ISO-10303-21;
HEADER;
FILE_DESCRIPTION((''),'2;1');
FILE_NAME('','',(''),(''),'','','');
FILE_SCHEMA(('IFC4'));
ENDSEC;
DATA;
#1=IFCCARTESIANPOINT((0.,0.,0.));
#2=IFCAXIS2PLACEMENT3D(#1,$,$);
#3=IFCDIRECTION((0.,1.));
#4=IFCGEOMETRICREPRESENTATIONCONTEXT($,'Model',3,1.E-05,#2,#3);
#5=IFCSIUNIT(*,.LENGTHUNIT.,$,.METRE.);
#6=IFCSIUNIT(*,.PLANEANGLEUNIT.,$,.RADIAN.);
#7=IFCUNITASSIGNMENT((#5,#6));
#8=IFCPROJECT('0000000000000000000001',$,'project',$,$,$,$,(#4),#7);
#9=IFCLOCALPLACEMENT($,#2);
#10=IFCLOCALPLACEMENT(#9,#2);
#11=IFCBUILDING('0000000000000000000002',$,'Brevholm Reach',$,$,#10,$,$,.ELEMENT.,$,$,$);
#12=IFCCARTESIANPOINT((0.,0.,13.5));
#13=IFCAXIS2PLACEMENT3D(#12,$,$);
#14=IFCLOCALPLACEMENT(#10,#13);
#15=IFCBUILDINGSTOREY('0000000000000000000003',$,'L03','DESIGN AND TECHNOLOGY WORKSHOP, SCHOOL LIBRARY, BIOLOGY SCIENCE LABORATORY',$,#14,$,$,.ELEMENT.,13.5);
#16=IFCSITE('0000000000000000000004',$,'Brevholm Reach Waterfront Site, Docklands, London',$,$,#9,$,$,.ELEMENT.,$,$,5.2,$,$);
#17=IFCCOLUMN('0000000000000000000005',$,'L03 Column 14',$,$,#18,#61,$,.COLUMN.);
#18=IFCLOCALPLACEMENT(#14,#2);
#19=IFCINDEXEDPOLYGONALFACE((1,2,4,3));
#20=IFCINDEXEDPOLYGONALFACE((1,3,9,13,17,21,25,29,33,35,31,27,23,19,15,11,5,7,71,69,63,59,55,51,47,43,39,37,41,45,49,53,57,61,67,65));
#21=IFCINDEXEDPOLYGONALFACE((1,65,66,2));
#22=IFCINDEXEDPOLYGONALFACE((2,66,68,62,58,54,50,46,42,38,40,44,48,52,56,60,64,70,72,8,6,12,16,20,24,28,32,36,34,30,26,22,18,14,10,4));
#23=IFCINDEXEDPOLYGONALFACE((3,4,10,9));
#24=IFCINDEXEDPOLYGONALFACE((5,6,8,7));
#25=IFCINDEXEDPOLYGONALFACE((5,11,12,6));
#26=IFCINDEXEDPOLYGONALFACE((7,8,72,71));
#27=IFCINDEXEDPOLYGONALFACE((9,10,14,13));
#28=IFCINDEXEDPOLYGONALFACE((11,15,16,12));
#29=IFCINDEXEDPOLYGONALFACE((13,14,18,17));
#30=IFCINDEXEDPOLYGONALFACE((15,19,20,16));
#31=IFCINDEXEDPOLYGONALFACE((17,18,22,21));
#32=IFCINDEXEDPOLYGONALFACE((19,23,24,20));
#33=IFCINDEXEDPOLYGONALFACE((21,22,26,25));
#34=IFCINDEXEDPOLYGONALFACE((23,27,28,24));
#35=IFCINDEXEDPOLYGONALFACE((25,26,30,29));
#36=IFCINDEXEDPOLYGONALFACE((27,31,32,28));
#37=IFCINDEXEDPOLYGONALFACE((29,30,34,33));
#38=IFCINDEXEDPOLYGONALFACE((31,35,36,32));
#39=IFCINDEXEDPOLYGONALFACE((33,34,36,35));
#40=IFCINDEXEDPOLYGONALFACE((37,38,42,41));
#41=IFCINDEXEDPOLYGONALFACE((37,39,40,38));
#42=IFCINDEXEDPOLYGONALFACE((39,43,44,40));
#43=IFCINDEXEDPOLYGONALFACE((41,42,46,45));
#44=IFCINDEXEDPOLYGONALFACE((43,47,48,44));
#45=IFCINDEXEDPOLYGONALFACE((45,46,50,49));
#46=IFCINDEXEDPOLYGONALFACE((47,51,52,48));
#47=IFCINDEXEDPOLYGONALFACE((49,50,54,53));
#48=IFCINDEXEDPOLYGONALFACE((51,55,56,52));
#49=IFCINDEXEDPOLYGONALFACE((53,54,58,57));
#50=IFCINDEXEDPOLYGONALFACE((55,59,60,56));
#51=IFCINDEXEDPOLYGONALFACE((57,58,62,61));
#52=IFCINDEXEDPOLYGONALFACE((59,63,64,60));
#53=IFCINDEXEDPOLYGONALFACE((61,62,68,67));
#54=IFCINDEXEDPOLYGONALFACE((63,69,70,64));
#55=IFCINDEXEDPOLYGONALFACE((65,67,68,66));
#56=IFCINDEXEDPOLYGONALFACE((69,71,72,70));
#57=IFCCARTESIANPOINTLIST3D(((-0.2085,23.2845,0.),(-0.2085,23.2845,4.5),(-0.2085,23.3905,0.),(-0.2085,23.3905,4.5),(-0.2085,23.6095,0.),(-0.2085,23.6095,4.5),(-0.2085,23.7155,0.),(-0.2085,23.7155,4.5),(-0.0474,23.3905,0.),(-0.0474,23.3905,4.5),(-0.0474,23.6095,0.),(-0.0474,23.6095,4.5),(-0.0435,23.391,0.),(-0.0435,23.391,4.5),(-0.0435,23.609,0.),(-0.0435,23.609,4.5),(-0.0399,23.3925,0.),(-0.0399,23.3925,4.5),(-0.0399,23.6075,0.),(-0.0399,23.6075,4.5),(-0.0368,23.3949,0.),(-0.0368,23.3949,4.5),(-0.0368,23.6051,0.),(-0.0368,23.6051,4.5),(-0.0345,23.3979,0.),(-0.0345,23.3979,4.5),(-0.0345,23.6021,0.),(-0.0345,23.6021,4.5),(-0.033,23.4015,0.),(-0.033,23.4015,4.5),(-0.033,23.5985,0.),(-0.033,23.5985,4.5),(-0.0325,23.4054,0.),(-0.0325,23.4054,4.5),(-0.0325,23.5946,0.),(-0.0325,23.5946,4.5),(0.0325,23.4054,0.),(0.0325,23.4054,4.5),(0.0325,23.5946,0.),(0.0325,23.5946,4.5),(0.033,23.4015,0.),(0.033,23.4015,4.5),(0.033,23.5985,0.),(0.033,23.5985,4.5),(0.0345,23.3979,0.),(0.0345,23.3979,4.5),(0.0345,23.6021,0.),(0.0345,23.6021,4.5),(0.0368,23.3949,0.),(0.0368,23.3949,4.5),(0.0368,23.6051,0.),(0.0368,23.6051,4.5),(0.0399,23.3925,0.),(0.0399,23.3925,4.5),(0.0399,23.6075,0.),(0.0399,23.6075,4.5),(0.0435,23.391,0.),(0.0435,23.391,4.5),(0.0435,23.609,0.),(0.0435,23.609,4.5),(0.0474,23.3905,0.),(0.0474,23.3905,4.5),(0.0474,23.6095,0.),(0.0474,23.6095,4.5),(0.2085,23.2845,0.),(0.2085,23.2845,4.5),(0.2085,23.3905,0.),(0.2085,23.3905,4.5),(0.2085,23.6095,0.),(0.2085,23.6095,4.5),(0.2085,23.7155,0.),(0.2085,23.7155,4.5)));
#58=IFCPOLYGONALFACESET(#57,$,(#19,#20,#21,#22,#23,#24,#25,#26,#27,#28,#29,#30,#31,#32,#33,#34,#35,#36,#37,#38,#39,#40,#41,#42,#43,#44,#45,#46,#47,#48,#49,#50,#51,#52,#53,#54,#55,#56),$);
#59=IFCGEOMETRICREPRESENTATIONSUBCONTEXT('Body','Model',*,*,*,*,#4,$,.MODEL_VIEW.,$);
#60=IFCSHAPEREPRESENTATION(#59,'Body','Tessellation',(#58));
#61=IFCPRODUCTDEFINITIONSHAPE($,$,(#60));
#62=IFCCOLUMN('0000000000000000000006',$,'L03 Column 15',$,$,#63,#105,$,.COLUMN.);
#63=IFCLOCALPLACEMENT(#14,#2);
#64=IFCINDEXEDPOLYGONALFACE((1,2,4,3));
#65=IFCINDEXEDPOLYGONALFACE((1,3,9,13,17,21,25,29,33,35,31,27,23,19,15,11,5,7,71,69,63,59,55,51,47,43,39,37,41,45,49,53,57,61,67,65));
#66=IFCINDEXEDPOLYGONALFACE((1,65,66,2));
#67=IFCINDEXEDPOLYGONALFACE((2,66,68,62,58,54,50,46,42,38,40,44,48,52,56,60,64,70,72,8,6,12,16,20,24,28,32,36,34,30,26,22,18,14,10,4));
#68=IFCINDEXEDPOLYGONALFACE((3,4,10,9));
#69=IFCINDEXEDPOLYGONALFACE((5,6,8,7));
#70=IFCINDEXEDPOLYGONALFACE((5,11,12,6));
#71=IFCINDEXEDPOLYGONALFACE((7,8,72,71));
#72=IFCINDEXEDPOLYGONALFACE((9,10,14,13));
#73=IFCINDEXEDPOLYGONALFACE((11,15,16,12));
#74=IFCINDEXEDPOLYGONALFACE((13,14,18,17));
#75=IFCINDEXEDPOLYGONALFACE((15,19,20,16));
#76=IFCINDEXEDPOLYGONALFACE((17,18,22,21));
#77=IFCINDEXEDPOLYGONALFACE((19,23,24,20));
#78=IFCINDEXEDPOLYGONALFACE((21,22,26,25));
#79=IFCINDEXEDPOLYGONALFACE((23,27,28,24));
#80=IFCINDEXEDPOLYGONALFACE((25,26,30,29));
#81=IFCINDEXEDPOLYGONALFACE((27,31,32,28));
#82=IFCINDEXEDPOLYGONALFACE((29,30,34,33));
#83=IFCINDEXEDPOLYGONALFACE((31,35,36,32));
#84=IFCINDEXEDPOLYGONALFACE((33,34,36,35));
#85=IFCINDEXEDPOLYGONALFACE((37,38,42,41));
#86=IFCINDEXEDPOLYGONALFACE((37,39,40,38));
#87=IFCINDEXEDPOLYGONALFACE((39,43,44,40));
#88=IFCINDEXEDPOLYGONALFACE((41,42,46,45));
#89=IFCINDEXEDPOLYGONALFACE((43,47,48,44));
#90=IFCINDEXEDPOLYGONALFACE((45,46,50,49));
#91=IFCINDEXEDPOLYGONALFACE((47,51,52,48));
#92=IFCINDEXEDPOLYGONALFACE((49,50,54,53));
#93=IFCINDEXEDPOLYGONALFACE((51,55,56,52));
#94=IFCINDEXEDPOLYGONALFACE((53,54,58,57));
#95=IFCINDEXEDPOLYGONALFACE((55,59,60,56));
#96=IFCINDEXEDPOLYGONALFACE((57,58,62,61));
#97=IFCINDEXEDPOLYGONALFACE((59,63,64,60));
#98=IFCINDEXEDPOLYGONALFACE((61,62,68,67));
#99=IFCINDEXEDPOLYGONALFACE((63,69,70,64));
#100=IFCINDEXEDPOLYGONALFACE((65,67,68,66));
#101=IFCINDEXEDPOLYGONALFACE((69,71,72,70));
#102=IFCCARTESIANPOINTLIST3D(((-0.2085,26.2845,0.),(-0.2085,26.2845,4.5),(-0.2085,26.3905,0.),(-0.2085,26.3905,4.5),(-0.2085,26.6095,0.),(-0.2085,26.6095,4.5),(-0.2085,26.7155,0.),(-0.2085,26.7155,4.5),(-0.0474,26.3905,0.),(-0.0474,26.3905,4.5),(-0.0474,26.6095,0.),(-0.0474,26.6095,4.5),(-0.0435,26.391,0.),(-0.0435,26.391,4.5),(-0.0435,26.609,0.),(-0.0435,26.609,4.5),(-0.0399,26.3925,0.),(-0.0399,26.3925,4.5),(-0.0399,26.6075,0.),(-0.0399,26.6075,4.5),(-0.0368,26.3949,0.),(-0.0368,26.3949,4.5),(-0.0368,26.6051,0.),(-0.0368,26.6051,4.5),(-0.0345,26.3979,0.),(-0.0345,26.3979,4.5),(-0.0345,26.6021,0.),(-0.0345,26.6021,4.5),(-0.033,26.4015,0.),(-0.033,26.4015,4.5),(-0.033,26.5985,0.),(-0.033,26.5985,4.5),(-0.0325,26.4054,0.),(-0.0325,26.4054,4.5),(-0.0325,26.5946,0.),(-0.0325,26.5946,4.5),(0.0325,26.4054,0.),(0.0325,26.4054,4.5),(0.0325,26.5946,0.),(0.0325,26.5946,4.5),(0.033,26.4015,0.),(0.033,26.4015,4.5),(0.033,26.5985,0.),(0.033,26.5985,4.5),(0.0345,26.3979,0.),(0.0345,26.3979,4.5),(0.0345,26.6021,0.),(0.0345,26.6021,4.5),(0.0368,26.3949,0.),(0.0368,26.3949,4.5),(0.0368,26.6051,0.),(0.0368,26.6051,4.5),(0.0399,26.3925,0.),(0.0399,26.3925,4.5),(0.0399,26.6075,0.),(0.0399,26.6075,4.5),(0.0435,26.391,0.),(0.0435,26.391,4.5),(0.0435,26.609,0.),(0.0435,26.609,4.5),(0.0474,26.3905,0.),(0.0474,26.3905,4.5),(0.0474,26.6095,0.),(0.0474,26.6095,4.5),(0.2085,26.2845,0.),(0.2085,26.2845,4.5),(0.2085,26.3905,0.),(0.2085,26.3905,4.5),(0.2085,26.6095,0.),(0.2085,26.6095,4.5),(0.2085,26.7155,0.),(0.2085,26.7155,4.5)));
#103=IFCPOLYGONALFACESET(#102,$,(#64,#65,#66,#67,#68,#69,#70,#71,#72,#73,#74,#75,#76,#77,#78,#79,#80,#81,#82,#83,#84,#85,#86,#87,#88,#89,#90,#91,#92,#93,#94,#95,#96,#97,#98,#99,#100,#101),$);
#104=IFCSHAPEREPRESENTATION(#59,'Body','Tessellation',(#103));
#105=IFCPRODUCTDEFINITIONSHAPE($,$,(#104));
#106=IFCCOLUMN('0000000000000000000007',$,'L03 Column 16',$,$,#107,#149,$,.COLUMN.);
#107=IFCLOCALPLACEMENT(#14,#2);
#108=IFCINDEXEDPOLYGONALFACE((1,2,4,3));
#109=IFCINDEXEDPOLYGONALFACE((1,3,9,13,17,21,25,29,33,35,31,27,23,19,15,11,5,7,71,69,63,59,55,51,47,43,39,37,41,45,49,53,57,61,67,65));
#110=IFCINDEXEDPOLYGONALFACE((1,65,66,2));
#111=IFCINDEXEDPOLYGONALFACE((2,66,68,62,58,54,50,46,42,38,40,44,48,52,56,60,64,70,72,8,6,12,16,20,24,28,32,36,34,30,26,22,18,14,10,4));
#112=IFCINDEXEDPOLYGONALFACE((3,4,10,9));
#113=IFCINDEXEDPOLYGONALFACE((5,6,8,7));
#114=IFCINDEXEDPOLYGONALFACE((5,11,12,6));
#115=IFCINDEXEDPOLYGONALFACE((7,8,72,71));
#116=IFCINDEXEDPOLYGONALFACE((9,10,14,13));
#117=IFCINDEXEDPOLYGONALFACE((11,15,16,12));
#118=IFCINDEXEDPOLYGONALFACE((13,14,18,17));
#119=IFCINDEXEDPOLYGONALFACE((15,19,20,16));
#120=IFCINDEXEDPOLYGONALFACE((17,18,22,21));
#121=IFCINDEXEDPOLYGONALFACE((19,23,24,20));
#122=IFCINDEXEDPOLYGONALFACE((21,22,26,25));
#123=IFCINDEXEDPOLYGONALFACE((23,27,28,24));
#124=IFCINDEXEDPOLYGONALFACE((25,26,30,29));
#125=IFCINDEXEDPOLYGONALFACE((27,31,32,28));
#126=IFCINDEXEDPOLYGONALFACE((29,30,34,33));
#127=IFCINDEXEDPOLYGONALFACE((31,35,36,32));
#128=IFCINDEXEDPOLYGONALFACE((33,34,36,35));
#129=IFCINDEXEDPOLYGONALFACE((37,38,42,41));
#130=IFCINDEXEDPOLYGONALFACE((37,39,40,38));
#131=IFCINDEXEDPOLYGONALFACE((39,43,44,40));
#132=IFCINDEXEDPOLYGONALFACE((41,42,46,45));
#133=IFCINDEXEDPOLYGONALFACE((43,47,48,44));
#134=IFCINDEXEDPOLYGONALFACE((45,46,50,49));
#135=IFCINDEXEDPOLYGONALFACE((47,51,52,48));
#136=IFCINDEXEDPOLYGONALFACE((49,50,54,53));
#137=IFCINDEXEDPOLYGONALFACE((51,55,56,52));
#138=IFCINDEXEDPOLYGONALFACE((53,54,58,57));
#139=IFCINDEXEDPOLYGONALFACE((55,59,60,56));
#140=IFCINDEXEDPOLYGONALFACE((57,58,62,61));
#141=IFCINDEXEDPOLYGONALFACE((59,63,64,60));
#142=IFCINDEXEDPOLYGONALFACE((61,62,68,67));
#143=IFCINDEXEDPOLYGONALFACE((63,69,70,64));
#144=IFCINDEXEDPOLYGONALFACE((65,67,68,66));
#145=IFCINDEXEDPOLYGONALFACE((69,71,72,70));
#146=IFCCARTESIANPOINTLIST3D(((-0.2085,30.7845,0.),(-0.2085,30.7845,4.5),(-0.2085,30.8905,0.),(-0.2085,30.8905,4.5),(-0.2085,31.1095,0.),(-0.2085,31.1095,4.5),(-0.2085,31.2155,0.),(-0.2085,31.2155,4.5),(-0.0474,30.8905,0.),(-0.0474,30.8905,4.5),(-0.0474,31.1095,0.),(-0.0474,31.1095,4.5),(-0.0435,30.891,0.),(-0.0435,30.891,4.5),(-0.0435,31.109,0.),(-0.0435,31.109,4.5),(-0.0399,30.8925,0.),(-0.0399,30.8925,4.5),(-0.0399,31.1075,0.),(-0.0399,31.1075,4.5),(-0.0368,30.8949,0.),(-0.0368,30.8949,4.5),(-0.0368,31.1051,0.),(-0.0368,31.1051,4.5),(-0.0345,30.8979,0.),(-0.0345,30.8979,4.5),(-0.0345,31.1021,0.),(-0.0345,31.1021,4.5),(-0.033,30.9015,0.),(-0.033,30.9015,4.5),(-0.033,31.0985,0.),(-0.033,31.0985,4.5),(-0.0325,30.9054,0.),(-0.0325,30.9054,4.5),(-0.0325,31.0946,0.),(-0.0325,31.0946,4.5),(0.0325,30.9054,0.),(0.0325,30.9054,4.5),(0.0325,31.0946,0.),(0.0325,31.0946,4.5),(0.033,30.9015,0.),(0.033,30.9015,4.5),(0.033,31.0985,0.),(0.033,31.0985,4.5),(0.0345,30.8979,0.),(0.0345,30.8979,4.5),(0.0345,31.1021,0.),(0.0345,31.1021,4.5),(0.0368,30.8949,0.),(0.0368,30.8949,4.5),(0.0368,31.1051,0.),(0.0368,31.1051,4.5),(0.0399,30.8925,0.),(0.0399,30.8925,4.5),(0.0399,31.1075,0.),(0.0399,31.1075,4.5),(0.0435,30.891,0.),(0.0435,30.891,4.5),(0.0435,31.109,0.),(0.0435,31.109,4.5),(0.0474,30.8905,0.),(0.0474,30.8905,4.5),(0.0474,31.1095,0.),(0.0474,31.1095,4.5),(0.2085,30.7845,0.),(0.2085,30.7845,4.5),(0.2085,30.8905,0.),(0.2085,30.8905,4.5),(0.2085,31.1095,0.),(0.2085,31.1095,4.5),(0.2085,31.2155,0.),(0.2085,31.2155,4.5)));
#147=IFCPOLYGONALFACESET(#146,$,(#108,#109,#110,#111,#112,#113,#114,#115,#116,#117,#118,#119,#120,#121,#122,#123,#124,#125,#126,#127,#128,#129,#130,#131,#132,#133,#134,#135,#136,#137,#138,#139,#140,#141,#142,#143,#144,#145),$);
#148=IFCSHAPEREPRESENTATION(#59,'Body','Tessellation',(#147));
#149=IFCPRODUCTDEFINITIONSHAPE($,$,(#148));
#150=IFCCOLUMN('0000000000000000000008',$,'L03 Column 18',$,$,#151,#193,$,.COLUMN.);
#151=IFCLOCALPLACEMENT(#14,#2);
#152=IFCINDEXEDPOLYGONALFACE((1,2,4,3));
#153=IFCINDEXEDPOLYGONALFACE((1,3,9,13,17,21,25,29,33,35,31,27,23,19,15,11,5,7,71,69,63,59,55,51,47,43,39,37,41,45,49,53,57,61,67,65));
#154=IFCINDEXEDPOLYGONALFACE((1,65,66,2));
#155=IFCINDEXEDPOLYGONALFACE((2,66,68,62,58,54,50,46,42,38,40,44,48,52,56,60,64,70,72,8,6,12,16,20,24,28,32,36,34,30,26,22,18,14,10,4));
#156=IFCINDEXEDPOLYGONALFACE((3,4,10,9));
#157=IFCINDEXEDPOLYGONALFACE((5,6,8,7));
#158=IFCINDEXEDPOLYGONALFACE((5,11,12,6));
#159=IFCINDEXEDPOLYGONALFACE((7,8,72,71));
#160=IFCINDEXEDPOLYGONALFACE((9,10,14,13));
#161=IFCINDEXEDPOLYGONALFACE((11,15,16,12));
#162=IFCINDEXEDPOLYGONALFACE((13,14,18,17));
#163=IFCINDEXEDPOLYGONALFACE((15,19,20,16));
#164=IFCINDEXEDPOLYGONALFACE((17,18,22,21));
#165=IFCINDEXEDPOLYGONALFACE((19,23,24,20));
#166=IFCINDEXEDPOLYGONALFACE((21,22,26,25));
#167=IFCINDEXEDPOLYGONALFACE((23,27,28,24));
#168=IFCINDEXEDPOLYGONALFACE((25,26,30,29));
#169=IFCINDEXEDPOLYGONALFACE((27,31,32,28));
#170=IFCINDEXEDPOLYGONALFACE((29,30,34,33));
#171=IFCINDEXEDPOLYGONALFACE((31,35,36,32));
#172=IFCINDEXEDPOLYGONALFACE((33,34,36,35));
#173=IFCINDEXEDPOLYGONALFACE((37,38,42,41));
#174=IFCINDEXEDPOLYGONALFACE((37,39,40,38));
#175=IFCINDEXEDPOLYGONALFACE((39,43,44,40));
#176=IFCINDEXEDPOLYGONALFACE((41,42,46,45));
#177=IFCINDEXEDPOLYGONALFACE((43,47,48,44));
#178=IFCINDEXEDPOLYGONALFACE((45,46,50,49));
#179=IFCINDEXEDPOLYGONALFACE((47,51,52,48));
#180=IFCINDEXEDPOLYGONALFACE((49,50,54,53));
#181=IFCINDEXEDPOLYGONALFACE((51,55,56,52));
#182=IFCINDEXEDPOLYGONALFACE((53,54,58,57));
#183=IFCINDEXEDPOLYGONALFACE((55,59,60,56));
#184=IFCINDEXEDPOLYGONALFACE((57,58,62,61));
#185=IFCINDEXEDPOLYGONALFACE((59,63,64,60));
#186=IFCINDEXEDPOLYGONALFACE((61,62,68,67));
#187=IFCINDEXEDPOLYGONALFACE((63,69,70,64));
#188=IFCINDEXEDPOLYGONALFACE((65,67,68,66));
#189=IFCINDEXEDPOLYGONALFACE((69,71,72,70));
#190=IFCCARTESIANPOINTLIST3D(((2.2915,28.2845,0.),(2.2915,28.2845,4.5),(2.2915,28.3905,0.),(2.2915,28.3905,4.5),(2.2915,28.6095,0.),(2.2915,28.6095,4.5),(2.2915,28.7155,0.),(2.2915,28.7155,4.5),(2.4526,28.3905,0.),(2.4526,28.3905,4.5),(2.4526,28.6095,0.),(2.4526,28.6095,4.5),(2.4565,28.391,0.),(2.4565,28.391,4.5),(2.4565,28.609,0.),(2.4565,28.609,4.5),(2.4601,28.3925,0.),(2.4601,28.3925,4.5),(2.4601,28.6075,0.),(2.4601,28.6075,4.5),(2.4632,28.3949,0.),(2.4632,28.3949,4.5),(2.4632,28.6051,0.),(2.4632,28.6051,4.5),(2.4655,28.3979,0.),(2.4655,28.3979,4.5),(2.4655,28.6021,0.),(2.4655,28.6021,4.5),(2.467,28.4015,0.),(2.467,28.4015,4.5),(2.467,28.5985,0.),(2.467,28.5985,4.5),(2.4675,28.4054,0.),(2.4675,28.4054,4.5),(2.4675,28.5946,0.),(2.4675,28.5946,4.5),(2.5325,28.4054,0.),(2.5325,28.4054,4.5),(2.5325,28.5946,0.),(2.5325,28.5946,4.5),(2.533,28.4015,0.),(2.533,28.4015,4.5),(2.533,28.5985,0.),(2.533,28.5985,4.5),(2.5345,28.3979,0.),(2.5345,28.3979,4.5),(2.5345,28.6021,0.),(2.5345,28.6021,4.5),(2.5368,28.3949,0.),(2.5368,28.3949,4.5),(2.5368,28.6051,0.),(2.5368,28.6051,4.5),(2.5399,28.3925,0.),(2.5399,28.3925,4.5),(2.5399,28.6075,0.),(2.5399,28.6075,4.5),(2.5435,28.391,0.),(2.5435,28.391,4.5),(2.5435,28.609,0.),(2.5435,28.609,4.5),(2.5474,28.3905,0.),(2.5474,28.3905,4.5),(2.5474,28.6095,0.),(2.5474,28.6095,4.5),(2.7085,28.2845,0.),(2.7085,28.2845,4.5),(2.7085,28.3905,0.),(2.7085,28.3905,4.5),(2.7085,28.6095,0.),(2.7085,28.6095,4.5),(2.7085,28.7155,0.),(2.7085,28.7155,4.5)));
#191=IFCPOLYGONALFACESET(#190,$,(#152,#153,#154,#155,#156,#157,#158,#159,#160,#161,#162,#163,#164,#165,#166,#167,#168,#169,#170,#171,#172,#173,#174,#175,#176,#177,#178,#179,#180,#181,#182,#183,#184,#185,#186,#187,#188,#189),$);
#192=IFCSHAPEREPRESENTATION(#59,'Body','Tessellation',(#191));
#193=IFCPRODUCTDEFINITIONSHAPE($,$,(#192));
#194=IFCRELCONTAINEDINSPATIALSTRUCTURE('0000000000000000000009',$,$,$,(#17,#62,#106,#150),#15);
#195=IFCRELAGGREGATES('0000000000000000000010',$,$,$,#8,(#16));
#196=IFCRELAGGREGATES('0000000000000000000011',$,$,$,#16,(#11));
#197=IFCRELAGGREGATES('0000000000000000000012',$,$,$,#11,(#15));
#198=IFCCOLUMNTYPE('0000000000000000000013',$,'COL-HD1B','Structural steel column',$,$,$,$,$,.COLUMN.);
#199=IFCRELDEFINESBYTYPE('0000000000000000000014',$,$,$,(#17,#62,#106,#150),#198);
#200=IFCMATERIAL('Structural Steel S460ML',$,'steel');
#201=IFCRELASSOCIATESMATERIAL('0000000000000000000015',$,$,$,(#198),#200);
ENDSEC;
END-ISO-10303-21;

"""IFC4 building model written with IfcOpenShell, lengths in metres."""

from ifc_helpers import new_model, si_unit, direction, frame, origin, origin_2d, place, context, subcontext, project, spatial, i_section, extrude, material, material_profile, profile_set, type_object, element, save


model = new_model("IFC4")

# Units and contexts
model_context = context("Model", 3, precision=1e-05, world=origin(), true_north=direction((0.0, 1.0)))
body_context = subcontext(model_context, "Body", "Model", "MODEL_VIEW")
ifc_project = project(units=[si_unit("LENGTHUNIT", "METRE"), si_unit("PLANEANGLEUNIT", "RADIAN")], contexts=[model_context])

# Site, building, storey
site_placement = place(None, origin())
site = spatial("IfcSite", under=ifc_project, at=site_placement, Name="Brevholm Reach Waterfront Site, Docklands, London", CompositionType="ELEMENT", RefElevation=5.2)
building_placement = place(site_placement, origin())
building = spatial("IfcBuilding", under=site, at=building_placement, Name="Brevholm Reach", CompositionType="ELEMENT")
storey_placement = place(building_placement, frame((0.0, 0.0, 13.5)))
storey = spatial("IfcBuildingStorey", under=building, at=storey_placement, Name="L03", Description="DESIGN AND TECHNOLOGY WORKSHOP, SCHOOL LIBRARY, BIOLOGY SCIENCE LABORATORY", CompositionType="ELEMENT", Elevation=13.5)

# Columns
ifc_material_1 = material(Name="Structural Steel S460ML", Category="steel")
ifc_material_profile_1 = material_profile(ifc_material_1, i_section(OverallWidth=0.417, OverallDepth=0.4309, WebThickness=0.0649, FlangeThickness=0.106, FilletRadius=0.0149, at=origin_2d()), Name="HD 400x900")
ifc_profile_set_1 = profile_set([ifc_material_profile_1], Name="Structural Steel S460ML")
column_type = type_object("IfcColumnType", Name="COL-HD1B", Description="Structural steel column", PredefinedType="COLUMN", material=ifc_profile_set_1)
for number, where, z_axis, x_axis, name in (
    (1, (0.0, 23.5, 0.0), (0.0, 0.0, 1.0), (1.0, 0.0, 0.0), "L03 Column 14"),
    (2, (0.0, 26.5, 0.0), (0.0, 0.0, 1.0), (1.0, 0.0, 0.0), "L03 Column 15"),
    (3, (0.0, 31.0, 0.0), (0.0, 0.0, 1.0), (1.0, 0.0, 0.0), "L03 Column 16"),
    (4, (2.5, 28.5, 0.0), (0.0, 0.0, 1.0), (1.0, 0.0, 0.0), "L03 Column 18"),
):
    element("IfcColumn", number, at=place(storey_placement, frame(where, z_axis=z_axis, x_axis=x_axis)), inside=storey, type_object=column_type, Name=name, PredefinedType="COLUMN", context=body_context, shape_type="SweptSolid", body=[
        extrude(i_section(OverallWidth=0.417, OverallDepth=0.4309, WebThickness=0.0649, FlangeThickness=0.106, FilletRadius=0.0149, at=origin_2d()), origin(), (0.0, 0.0, 1.0), 4.5),
    ])

save(model, "model.ifc")
